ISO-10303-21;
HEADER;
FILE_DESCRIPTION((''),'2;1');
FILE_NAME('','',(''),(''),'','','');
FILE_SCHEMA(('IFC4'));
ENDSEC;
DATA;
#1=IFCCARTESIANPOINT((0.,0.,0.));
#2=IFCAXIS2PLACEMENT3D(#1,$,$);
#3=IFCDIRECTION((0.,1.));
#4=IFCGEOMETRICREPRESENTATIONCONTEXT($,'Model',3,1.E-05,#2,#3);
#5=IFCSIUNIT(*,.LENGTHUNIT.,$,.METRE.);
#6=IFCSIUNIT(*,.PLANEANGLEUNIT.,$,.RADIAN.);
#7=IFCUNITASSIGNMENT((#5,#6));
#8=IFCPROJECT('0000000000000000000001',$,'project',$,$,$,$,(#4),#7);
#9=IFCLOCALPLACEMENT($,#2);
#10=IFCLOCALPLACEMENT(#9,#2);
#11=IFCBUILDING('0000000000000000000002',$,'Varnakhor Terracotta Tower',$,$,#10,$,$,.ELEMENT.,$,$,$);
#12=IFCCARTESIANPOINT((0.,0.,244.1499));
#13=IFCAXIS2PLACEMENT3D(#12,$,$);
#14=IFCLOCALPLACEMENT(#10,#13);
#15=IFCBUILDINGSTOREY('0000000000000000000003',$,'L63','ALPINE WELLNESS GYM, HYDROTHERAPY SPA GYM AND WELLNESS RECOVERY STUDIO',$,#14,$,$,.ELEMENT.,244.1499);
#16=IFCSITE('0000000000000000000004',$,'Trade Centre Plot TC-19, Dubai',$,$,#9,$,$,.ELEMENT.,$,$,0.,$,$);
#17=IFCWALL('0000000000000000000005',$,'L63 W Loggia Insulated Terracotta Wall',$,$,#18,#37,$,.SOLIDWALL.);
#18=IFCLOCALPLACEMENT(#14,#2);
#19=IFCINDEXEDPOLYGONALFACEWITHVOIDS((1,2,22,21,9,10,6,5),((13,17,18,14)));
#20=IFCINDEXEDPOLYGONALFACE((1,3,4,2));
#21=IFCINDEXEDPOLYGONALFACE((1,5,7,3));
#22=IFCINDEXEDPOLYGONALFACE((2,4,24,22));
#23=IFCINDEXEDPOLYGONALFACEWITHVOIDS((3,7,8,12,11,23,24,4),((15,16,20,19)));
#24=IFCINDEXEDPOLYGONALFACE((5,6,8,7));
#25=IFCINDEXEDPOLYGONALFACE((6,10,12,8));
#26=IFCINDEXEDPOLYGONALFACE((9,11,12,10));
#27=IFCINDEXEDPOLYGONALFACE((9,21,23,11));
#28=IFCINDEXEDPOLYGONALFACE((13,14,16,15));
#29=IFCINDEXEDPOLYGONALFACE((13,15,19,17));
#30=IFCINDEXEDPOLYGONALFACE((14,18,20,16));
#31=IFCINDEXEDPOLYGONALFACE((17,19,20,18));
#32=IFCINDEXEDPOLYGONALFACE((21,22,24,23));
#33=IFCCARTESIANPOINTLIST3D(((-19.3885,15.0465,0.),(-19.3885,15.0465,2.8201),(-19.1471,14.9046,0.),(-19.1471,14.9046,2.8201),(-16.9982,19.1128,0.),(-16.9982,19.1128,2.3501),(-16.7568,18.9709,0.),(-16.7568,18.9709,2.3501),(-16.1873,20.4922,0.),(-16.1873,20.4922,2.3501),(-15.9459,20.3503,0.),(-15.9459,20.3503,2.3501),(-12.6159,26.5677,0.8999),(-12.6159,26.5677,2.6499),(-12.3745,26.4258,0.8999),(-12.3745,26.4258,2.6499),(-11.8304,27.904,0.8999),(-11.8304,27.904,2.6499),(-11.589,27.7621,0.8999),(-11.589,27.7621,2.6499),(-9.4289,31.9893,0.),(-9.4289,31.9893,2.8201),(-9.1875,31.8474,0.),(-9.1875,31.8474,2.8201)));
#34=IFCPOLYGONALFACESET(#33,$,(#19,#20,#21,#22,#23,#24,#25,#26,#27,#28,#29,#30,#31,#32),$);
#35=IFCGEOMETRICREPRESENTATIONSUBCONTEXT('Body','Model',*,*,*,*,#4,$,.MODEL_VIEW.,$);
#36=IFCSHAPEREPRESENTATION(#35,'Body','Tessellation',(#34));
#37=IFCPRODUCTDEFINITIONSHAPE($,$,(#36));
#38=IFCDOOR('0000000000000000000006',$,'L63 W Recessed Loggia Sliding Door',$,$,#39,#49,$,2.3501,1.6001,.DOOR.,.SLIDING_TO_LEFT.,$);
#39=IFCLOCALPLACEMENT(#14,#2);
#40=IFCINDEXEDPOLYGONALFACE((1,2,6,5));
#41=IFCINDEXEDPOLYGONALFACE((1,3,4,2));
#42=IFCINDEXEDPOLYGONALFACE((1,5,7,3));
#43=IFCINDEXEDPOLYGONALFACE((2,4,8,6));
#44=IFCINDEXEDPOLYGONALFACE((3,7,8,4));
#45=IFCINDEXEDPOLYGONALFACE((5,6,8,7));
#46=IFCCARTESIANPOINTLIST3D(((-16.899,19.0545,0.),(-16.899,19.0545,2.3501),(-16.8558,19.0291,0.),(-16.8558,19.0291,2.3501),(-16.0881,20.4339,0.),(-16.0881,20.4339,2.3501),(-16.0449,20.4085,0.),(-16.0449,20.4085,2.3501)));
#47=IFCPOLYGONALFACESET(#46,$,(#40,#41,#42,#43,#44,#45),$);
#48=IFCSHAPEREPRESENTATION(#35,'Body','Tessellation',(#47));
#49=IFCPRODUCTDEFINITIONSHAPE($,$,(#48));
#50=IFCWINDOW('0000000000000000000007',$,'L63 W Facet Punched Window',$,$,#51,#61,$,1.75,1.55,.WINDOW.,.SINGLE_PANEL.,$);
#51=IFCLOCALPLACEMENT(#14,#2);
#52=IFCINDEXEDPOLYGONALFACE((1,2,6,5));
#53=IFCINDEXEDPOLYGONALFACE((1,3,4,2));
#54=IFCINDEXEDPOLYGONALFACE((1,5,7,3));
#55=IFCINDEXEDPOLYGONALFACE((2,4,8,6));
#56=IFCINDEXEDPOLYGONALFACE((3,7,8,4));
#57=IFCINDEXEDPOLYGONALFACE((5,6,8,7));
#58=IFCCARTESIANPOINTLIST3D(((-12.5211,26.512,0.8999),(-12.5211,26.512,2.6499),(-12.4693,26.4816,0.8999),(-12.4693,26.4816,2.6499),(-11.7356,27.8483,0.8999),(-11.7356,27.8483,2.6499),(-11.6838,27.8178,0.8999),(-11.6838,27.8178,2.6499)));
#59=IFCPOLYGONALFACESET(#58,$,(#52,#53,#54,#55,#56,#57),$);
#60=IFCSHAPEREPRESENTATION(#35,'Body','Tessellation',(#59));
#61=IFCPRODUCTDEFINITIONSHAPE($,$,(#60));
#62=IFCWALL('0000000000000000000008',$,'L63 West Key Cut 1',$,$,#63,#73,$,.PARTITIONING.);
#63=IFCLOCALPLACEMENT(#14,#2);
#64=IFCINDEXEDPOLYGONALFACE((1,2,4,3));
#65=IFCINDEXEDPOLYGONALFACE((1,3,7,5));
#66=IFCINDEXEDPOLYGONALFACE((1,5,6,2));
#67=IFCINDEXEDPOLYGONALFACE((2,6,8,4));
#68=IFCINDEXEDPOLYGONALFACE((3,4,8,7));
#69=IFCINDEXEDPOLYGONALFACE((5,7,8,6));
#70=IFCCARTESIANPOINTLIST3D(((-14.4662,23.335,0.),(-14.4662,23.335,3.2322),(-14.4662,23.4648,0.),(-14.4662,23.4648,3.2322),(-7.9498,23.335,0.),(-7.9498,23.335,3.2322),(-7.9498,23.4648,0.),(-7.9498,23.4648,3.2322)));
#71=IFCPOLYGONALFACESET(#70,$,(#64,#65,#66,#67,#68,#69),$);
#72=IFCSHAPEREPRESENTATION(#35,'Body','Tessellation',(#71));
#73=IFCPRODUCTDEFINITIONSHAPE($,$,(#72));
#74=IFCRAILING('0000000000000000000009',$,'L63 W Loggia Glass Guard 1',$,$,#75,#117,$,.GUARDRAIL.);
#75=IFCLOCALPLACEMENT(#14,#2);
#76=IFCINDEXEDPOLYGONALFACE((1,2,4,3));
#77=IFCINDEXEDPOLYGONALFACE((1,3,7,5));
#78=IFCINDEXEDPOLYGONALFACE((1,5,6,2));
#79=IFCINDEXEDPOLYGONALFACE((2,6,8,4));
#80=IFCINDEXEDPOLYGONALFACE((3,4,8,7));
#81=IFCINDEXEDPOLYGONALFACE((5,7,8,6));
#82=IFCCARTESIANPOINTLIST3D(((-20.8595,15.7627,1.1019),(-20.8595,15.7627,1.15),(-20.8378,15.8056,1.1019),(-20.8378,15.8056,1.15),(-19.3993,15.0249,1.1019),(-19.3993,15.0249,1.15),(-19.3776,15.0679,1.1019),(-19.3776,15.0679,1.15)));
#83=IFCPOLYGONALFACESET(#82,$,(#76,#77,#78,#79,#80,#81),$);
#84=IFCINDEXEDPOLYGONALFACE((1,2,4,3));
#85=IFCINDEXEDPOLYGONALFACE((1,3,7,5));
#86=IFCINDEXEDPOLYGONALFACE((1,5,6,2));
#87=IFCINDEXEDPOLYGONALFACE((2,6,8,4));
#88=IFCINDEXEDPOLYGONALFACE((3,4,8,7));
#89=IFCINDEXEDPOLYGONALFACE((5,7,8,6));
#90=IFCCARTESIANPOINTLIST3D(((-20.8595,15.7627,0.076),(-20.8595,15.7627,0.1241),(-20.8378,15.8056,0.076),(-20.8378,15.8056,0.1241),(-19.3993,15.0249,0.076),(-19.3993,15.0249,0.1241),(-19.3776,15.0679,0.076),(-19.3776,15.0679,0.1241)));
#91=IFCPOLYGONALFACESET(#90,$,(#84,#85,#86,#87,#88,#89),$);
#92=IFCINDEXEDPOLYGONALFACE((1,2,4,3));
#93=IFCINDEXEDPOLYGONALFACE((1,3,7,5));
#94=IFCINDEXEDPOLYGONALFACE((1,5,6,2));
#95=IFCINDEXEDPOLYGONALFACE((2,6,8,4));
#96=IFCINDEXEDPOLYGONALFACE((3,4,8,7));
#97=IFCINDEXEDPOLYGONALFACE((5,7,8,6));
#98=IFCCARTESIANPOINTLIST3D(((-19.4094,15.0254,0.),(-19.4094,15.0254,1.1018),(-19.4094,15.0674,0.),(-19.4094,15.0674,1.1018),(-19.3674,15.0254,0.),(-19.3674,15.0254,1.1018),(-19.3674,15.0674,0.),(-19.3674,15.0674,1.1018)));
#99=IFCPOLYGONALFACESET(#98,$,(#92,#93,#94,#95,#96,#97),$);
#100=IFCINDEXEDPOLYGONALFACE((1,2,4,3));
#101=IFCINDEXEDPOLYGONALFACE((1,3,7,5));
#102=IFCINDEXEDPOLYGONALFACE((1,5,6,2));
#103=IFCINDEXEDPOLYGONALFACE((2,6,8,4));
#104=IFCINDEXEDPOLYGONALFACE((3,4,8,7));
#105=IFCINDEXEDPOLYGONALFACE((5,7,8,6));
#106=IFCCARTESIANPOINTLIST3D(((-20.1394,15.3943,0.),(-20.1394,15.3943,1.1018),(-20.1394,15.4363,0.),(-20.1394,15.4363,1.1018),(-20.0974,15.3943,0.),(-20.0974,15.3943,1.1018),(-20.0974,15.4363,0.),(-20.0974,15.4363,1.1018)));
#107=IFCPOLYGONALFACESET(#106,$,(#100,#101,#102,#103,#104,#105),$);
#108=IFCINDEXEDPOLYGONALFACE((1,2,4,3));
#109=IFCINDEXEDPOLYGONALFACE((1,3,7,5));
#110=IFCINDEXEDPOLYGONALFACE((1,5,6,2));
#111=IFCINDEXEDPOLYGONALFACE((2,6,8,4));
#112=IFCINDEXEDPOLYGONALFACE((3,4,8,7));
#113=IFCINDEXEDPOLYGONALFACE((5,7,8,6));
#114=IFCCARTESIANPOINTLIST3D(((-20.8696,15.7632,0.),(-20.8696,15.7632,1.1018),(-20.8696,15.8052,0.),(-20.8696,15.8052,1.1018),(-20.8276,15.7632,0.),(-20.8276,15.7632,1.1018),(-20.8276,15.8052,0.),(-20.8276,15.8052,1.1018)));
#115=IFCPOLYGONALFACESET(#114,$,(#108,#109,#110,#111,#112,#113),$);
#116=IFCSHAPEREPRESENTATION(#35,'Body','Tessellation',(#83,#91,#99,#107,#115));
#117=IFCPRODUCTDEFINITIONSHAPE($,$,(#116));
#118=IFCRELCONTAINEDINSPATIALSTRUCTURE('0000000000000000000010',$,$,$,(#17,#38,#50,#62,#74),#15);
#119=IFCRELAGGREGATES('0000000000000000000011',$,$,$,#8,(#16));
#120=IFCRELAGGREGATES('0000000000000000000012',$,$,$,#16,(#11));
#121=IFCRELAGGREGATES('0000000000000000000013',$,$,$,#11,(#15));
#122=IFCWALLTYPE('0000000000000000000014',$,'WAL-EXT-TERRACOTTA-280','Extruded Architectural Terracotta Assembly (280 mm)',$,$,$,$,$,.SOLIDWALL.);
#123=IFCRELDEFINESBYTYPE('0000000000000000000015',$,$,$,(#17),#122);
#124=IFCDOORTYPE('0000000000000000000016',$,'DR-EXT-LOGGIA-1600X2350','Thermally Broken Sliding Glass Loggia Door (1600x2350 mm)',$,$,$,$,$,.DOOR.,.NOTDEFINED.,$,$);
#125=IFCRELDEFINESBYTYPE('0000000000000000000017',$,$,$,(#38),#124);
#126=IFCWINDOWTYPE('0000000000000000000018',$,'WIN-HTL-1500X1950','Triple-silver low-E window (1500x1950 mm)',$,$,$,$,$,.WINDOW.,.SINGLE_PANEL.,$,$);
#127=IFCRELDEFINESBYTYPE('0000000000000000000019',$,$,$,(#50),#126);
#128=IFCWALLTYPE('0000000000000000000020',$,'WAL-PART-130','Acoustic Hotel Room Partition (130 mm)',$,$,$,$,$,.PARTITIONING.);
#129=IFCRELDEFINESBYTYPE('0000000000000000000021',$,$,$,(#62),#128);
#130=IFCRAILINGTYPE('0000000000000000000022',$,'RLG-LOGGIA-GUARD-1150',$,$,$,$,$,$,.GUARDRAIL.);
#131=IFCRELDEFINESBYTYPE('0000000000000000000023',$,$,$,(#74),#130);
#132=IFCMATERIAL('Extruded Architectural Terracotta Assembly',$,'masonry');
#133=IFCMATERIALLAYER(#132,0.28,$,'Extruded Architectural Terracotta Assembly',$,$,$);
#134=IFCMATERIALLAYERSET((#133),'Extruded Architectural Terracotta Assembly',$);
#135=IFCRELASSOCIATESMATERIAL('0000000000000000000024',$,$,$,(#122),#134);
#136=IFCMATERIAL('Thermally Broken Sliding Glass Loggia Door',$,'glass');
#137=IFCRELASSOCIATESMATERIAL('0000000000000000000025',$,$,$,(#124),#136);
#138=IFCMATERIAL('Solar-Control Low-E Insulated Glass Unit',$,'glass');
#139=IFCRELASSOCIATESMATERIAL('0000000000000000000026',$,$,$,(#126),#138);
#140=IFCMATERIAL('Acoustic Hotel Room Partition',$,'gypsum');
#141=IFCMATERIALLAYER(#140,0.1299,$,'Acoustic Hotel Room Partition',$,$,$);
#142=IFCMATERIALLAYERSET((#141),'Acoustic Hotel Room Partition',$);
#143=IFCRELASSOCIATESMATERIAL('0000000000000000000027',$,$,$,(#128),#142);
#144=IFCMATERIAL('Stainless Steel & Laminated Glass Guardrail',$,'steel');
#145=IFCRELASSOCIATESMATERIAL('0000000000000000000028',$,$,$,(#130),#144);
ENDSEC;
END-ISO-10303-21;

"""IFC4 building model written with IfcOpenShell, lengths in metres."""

from ifc_helpers import new_model, si_unit, direction, frame, frame_2d, origin, origin_2d, place, context, subcontext, project, spatial, rectangle, extrude, source, transform, mapped, material, layer, layer_set, type_object, type_shapes, element, fill, save


model = new_model("IFC4")

# Units and contexts
model_context = context("Model", 3, precision=1e-05, world=origin(), true_north=direction((0.0, 1.0)))
body_context = subcontext(model_context, "Body", "Model", "MODEL_VIEW")
ifc_project = project(units=[si_unit("LENGTHUNIT", "METRE"), si_unit("PLANEANGLEUNIT", "RADIAN")], contexts=[model_context])

# Site, building, storey
site_placement = place(None, origin())
site = spatial("IfcSite", under=ifc_project, at=site_placement, Name="Trade Centre Plot TC-19, Dubai", CompositionType="ELEMENT", RefElevation=0.0)
building_placement = place(site_placement, origin())
building = spatial("IfcBuilding", under=site, at=building_placement, Name="Varnakhor Terracotta Tower", CompositionType="ELEMENT")
storey_placement = place(building_placement, frame((0.0, 0.0, 244.1499)))
storey = spatial("IfcBuildingStorey", under=building, at=storey_placement, Name="L63", Description="ALPINE WELLNESS GYM, HYDROTHERAPY SPA GYM AND WELLNESS RECOVERY STUDIO", CompositionType="ELEMENT", Elevation=244.1499)

# Wall, openings, door, window
ifc_material_1 = material(Name="Extruded Architectural Terracotta Assembly", Category="masonry")
ifc_layer_1 = layer(ifc_material_1, 0.28, Name="Extruded Architectural Terracotta Assembly")
ifc_layer_set_1 = layer_set([ifc_layer_1], Name="Extruded Architectural Terracotta Assembly")
wall_type_1 = type_object("IfcWallType", Name="WAL-EXT-TERRACOTTA-280", Description="Extruded Architectural Terracotta Assembly (280 mm)", PredefinedType="SOLIDWALL", material=ifc_layer_set_1)
wall_1_placement = place(storey_placement, frame((-19.2678, 14.9756, 0.0), z_axis=(0.0, 0.0, 1.0), x_axis=(0.506768, 0.862083, 0.0)))
wall_1 = element("IfcWall", 1, at=wall_1_placement, inside=storey, type_object=wall_type_1, Name="L63 W Loggia Insulated Terracotta Wall", PredefinedType="SOLIDWALL", context=body_context, shape_type="SweptSolid", body=[
    extrude(rectangle(XDim=19.6533, YDim=0.28, at=frame_2d((9.8267, 0.0))), origin(), (0.0, 0.0, 1.0), 2.8201),
])
opening_1_placement = place(wall_1_placement, frame((4.7168, 0.0, 0.0)))
opening_1 = element("IfcOpeningElement", 2, at=opening_1_placement, cuts=wall_1, PredefinedType="OPENING", context=body_context, shape_type="SweptSolid", body=[
    extrude(rectangle(XDim=1.6001, YDim=2.3501, at=frame_2d((0.8, 1.175))), frame((0.0, 0.1499, 0.0), z_axis=(0.0, -1.0, 0.0), x_axis=(1.0, 0.0, 0.0)), (0.0, 0.0, 1.0), 0.3),
])
opening_2_placement = place(wall_1_placement, frame((13.3645, 0.0, 0.8999)))
opening_2 = element("IfcOpeningElement", 3, at=opening_2_placement, cuts=wall_1, PredefinedType="OPENING", context=body_context, shape_type="SweptSolid", body=[
    extrude(rectangle(XDim=1.55, YDim=1.75, at=frame_2d((0.7749, 0.875))), frame((0.0, 0.1499, 0.0), z_axis=(0.0, -1.0, 0.0), x_axis=(1.0, 0.0, 0.0)), (0.0, 0.0, 1.0), 0.3),
])
ifc_material_2 = material(Name="Thermally Broken Sliding Glass Loggia Door", Category="glass")
door_type_1 = type_object("IfcDoorType", Name="DR-EXT-LOGGIA-1600X2350", Description="Thermally Broken Sliding Glass Loggia Door (1600x2350 mm)", OperationType="NOTDEFINED", PredefinedType="DOOR", material=ifc_material_2)
shared_shape_1 = source(origin(), body_context, "Body", "SweptSolid", [
    extrude(rectangle(XDim=1.6001, YDim=2.3501, at=frame_2d((0.8, 1.175))), frame((0.0, 0.0249, 0.0), z_axis=(0.0, -1.0, 0.0), x_axis=(1.0, 0.0, 0.0)), (0.0, 0.0, 1.0), 0.05),
])
type_shapes(door_type_1, [shared_shape_1])
door_1_placement = place(opening_1_placement, origin())
door_1 = element("IfcDoor", 4, at=door_1_placement, inside=storey, type_object=door_type_1, Name="L63 W Recessed Loggia Sliding Door", OperationType="SLIDING_TO_LEFT", OverallHeight=2.3501, OverallWidth=1.6001, PredefinedType="DOOR", context=body_context, shape_type="MappedRepresentation", body=[
    mapped(shared_shape_1, transform((0.0, 0.0, 0.0), scale=1.0)),
])
fill(opening_1, door_1)
ifc_material_3 = material(Name="Solar-Control Low-E Insulated Glass Unit", Category="glass")
window_type = type_object("IfcWindowType", Name="WIN-HTL-1500X1950", Description="Triple-silver low-E window (1500x1950 mm)", PartitioningType="SINGLE_PANEL", PredefinedType="WINDOW", material=ifc_material_3)
shared_shape_2 = source(origin(), body_context, "Body", "SweptSolid", [
    extrude(rectangle(XDim=1.55, YDim=1.75, at=frame_2d((0.7749, 0.875))), frame((0.0, 0.03, 0.0), z_axis=(0.0, -1.0, 0.0), x_axis=(1.0, 0.0, 0.0)), (0.0, 0.0, 1.0), 0.0601),
])
type_shapes(window_type, [shared_shape_2])
window_placement = place(opening_2_placement, origin())
window = element("IfcWindow", 5, at=window_placement, inside=storey, type_object=window_type, Name="L63 W Facet Punched Window", OverallHeight=1.75, OverallWidth=1.55, PartitioningType="SINGLE_PANEL", PredefinedType="WINDOW", context=body_context, shape_type="MappedRepresentation", body=[
    mapped(shared_shape_2, transform((0.0, 0.0, 0.0), scale=1.0)),
])
fill(opening_2, window)

# Wall
ifc_material_4 = material(Name="Acoustic Hotel Room Partition", Category="gypsum")
ifc_layer_2 = layer(ifc_material_4, 0.1299, Name="Acoustic Hotel Room Partition")
ifc_layer_set_2 = layer_set([ifc_layer_2], Name="Acoustic Hotel Room Partition")
wall_type_2 = type_object("IfcWallType", Name="WAL-PART-130", Description="Acoustic Hotel Room Partition (130 mm)", PredefinedType="PARTITIONING", material=ifc_layer_set_2)
wall_2_placement = place(storey_placement, frame((-14.4663, 23.3999, 0.0), z_axis=(0.0, 0.0, 1.0), x_axis=(1.0, 0.0, 0.0)))
element("IfcWall", 6, at=wall_2_placement, inside=storey, type_object=wall_type_2, Name="L63 West Key Cut 1", PredefinedType="PARTITIONING", context=body_context, shape_type="SweptSolid", body=[
    extrude(rectangle(XDim=6.5164, YDim=0.1299, at=frame_2d((3.2583, 0.0))), origin(), (0.0, 0.0, 1.0), 3.2322),
])

# Railing
ifc_material_5 = material(Name="Stainless Steel & Laminated Glass Guardrail", Category="steel")
railing_type = type_object("IfcRailingType", Name="RLG-LOGGIA-GUARD-1150", PredefinedType="GUARDRAIL", material=ifc_material_5)
railing_1_placement = place(storey_placement, frame((-19.3884, 15.0464, 0.0)))
element("IfcRailing", 7, at=railing_1_placement, inside=storey, type_object=railing_type, Name="L63 W Loggia Glass Guard 1", PredefinedType="GUARDRAIL", context=body_context, shape_type="SweptSolid", body=[
    extrude(rectangle(XDim=0.0481, YDim=0.0481, at=origin_2d()), frame((0.0, 0.0, 1.126), z_axis=(-0.892539, 0.45097, 0.0), x_axis=(-0.45097, -0.892539, 0.0)), (0.0, 0.0, 1.0), 1.636),
    extrude(rectangle(XDim=0.0481, YDim=0.0481, at=origin_2d()), frame((0.0, 0.0, 0.1001), z_axis=(-0.892539, 0.45097, 0.0), x_axis=(-0.45097, -0.892539, 0.0)), (0.0, 0.0, 1.0), 1.636),
    extrude(rectangle(XDim=0.042, YDim=0.042, at=origin_2d()), origin(), (0.0, 0.0, 1.0), 1.1018),
    extrude(rectangle(XDim=0.042, YDim=0.042, at=origin_2d()), frame((-0.73, 0.3689, 0.0)), (0.0, 0.0, 1.0), 1.1018),
    extrude(rectangle(XDim=0.042, YDim=0.042, at=origin_2d()), frame((-1.4602, 0.7378, 0.0)), (0.0, 0.0, 1.0), 1.1018),
])

save(model, "model.ifc")
